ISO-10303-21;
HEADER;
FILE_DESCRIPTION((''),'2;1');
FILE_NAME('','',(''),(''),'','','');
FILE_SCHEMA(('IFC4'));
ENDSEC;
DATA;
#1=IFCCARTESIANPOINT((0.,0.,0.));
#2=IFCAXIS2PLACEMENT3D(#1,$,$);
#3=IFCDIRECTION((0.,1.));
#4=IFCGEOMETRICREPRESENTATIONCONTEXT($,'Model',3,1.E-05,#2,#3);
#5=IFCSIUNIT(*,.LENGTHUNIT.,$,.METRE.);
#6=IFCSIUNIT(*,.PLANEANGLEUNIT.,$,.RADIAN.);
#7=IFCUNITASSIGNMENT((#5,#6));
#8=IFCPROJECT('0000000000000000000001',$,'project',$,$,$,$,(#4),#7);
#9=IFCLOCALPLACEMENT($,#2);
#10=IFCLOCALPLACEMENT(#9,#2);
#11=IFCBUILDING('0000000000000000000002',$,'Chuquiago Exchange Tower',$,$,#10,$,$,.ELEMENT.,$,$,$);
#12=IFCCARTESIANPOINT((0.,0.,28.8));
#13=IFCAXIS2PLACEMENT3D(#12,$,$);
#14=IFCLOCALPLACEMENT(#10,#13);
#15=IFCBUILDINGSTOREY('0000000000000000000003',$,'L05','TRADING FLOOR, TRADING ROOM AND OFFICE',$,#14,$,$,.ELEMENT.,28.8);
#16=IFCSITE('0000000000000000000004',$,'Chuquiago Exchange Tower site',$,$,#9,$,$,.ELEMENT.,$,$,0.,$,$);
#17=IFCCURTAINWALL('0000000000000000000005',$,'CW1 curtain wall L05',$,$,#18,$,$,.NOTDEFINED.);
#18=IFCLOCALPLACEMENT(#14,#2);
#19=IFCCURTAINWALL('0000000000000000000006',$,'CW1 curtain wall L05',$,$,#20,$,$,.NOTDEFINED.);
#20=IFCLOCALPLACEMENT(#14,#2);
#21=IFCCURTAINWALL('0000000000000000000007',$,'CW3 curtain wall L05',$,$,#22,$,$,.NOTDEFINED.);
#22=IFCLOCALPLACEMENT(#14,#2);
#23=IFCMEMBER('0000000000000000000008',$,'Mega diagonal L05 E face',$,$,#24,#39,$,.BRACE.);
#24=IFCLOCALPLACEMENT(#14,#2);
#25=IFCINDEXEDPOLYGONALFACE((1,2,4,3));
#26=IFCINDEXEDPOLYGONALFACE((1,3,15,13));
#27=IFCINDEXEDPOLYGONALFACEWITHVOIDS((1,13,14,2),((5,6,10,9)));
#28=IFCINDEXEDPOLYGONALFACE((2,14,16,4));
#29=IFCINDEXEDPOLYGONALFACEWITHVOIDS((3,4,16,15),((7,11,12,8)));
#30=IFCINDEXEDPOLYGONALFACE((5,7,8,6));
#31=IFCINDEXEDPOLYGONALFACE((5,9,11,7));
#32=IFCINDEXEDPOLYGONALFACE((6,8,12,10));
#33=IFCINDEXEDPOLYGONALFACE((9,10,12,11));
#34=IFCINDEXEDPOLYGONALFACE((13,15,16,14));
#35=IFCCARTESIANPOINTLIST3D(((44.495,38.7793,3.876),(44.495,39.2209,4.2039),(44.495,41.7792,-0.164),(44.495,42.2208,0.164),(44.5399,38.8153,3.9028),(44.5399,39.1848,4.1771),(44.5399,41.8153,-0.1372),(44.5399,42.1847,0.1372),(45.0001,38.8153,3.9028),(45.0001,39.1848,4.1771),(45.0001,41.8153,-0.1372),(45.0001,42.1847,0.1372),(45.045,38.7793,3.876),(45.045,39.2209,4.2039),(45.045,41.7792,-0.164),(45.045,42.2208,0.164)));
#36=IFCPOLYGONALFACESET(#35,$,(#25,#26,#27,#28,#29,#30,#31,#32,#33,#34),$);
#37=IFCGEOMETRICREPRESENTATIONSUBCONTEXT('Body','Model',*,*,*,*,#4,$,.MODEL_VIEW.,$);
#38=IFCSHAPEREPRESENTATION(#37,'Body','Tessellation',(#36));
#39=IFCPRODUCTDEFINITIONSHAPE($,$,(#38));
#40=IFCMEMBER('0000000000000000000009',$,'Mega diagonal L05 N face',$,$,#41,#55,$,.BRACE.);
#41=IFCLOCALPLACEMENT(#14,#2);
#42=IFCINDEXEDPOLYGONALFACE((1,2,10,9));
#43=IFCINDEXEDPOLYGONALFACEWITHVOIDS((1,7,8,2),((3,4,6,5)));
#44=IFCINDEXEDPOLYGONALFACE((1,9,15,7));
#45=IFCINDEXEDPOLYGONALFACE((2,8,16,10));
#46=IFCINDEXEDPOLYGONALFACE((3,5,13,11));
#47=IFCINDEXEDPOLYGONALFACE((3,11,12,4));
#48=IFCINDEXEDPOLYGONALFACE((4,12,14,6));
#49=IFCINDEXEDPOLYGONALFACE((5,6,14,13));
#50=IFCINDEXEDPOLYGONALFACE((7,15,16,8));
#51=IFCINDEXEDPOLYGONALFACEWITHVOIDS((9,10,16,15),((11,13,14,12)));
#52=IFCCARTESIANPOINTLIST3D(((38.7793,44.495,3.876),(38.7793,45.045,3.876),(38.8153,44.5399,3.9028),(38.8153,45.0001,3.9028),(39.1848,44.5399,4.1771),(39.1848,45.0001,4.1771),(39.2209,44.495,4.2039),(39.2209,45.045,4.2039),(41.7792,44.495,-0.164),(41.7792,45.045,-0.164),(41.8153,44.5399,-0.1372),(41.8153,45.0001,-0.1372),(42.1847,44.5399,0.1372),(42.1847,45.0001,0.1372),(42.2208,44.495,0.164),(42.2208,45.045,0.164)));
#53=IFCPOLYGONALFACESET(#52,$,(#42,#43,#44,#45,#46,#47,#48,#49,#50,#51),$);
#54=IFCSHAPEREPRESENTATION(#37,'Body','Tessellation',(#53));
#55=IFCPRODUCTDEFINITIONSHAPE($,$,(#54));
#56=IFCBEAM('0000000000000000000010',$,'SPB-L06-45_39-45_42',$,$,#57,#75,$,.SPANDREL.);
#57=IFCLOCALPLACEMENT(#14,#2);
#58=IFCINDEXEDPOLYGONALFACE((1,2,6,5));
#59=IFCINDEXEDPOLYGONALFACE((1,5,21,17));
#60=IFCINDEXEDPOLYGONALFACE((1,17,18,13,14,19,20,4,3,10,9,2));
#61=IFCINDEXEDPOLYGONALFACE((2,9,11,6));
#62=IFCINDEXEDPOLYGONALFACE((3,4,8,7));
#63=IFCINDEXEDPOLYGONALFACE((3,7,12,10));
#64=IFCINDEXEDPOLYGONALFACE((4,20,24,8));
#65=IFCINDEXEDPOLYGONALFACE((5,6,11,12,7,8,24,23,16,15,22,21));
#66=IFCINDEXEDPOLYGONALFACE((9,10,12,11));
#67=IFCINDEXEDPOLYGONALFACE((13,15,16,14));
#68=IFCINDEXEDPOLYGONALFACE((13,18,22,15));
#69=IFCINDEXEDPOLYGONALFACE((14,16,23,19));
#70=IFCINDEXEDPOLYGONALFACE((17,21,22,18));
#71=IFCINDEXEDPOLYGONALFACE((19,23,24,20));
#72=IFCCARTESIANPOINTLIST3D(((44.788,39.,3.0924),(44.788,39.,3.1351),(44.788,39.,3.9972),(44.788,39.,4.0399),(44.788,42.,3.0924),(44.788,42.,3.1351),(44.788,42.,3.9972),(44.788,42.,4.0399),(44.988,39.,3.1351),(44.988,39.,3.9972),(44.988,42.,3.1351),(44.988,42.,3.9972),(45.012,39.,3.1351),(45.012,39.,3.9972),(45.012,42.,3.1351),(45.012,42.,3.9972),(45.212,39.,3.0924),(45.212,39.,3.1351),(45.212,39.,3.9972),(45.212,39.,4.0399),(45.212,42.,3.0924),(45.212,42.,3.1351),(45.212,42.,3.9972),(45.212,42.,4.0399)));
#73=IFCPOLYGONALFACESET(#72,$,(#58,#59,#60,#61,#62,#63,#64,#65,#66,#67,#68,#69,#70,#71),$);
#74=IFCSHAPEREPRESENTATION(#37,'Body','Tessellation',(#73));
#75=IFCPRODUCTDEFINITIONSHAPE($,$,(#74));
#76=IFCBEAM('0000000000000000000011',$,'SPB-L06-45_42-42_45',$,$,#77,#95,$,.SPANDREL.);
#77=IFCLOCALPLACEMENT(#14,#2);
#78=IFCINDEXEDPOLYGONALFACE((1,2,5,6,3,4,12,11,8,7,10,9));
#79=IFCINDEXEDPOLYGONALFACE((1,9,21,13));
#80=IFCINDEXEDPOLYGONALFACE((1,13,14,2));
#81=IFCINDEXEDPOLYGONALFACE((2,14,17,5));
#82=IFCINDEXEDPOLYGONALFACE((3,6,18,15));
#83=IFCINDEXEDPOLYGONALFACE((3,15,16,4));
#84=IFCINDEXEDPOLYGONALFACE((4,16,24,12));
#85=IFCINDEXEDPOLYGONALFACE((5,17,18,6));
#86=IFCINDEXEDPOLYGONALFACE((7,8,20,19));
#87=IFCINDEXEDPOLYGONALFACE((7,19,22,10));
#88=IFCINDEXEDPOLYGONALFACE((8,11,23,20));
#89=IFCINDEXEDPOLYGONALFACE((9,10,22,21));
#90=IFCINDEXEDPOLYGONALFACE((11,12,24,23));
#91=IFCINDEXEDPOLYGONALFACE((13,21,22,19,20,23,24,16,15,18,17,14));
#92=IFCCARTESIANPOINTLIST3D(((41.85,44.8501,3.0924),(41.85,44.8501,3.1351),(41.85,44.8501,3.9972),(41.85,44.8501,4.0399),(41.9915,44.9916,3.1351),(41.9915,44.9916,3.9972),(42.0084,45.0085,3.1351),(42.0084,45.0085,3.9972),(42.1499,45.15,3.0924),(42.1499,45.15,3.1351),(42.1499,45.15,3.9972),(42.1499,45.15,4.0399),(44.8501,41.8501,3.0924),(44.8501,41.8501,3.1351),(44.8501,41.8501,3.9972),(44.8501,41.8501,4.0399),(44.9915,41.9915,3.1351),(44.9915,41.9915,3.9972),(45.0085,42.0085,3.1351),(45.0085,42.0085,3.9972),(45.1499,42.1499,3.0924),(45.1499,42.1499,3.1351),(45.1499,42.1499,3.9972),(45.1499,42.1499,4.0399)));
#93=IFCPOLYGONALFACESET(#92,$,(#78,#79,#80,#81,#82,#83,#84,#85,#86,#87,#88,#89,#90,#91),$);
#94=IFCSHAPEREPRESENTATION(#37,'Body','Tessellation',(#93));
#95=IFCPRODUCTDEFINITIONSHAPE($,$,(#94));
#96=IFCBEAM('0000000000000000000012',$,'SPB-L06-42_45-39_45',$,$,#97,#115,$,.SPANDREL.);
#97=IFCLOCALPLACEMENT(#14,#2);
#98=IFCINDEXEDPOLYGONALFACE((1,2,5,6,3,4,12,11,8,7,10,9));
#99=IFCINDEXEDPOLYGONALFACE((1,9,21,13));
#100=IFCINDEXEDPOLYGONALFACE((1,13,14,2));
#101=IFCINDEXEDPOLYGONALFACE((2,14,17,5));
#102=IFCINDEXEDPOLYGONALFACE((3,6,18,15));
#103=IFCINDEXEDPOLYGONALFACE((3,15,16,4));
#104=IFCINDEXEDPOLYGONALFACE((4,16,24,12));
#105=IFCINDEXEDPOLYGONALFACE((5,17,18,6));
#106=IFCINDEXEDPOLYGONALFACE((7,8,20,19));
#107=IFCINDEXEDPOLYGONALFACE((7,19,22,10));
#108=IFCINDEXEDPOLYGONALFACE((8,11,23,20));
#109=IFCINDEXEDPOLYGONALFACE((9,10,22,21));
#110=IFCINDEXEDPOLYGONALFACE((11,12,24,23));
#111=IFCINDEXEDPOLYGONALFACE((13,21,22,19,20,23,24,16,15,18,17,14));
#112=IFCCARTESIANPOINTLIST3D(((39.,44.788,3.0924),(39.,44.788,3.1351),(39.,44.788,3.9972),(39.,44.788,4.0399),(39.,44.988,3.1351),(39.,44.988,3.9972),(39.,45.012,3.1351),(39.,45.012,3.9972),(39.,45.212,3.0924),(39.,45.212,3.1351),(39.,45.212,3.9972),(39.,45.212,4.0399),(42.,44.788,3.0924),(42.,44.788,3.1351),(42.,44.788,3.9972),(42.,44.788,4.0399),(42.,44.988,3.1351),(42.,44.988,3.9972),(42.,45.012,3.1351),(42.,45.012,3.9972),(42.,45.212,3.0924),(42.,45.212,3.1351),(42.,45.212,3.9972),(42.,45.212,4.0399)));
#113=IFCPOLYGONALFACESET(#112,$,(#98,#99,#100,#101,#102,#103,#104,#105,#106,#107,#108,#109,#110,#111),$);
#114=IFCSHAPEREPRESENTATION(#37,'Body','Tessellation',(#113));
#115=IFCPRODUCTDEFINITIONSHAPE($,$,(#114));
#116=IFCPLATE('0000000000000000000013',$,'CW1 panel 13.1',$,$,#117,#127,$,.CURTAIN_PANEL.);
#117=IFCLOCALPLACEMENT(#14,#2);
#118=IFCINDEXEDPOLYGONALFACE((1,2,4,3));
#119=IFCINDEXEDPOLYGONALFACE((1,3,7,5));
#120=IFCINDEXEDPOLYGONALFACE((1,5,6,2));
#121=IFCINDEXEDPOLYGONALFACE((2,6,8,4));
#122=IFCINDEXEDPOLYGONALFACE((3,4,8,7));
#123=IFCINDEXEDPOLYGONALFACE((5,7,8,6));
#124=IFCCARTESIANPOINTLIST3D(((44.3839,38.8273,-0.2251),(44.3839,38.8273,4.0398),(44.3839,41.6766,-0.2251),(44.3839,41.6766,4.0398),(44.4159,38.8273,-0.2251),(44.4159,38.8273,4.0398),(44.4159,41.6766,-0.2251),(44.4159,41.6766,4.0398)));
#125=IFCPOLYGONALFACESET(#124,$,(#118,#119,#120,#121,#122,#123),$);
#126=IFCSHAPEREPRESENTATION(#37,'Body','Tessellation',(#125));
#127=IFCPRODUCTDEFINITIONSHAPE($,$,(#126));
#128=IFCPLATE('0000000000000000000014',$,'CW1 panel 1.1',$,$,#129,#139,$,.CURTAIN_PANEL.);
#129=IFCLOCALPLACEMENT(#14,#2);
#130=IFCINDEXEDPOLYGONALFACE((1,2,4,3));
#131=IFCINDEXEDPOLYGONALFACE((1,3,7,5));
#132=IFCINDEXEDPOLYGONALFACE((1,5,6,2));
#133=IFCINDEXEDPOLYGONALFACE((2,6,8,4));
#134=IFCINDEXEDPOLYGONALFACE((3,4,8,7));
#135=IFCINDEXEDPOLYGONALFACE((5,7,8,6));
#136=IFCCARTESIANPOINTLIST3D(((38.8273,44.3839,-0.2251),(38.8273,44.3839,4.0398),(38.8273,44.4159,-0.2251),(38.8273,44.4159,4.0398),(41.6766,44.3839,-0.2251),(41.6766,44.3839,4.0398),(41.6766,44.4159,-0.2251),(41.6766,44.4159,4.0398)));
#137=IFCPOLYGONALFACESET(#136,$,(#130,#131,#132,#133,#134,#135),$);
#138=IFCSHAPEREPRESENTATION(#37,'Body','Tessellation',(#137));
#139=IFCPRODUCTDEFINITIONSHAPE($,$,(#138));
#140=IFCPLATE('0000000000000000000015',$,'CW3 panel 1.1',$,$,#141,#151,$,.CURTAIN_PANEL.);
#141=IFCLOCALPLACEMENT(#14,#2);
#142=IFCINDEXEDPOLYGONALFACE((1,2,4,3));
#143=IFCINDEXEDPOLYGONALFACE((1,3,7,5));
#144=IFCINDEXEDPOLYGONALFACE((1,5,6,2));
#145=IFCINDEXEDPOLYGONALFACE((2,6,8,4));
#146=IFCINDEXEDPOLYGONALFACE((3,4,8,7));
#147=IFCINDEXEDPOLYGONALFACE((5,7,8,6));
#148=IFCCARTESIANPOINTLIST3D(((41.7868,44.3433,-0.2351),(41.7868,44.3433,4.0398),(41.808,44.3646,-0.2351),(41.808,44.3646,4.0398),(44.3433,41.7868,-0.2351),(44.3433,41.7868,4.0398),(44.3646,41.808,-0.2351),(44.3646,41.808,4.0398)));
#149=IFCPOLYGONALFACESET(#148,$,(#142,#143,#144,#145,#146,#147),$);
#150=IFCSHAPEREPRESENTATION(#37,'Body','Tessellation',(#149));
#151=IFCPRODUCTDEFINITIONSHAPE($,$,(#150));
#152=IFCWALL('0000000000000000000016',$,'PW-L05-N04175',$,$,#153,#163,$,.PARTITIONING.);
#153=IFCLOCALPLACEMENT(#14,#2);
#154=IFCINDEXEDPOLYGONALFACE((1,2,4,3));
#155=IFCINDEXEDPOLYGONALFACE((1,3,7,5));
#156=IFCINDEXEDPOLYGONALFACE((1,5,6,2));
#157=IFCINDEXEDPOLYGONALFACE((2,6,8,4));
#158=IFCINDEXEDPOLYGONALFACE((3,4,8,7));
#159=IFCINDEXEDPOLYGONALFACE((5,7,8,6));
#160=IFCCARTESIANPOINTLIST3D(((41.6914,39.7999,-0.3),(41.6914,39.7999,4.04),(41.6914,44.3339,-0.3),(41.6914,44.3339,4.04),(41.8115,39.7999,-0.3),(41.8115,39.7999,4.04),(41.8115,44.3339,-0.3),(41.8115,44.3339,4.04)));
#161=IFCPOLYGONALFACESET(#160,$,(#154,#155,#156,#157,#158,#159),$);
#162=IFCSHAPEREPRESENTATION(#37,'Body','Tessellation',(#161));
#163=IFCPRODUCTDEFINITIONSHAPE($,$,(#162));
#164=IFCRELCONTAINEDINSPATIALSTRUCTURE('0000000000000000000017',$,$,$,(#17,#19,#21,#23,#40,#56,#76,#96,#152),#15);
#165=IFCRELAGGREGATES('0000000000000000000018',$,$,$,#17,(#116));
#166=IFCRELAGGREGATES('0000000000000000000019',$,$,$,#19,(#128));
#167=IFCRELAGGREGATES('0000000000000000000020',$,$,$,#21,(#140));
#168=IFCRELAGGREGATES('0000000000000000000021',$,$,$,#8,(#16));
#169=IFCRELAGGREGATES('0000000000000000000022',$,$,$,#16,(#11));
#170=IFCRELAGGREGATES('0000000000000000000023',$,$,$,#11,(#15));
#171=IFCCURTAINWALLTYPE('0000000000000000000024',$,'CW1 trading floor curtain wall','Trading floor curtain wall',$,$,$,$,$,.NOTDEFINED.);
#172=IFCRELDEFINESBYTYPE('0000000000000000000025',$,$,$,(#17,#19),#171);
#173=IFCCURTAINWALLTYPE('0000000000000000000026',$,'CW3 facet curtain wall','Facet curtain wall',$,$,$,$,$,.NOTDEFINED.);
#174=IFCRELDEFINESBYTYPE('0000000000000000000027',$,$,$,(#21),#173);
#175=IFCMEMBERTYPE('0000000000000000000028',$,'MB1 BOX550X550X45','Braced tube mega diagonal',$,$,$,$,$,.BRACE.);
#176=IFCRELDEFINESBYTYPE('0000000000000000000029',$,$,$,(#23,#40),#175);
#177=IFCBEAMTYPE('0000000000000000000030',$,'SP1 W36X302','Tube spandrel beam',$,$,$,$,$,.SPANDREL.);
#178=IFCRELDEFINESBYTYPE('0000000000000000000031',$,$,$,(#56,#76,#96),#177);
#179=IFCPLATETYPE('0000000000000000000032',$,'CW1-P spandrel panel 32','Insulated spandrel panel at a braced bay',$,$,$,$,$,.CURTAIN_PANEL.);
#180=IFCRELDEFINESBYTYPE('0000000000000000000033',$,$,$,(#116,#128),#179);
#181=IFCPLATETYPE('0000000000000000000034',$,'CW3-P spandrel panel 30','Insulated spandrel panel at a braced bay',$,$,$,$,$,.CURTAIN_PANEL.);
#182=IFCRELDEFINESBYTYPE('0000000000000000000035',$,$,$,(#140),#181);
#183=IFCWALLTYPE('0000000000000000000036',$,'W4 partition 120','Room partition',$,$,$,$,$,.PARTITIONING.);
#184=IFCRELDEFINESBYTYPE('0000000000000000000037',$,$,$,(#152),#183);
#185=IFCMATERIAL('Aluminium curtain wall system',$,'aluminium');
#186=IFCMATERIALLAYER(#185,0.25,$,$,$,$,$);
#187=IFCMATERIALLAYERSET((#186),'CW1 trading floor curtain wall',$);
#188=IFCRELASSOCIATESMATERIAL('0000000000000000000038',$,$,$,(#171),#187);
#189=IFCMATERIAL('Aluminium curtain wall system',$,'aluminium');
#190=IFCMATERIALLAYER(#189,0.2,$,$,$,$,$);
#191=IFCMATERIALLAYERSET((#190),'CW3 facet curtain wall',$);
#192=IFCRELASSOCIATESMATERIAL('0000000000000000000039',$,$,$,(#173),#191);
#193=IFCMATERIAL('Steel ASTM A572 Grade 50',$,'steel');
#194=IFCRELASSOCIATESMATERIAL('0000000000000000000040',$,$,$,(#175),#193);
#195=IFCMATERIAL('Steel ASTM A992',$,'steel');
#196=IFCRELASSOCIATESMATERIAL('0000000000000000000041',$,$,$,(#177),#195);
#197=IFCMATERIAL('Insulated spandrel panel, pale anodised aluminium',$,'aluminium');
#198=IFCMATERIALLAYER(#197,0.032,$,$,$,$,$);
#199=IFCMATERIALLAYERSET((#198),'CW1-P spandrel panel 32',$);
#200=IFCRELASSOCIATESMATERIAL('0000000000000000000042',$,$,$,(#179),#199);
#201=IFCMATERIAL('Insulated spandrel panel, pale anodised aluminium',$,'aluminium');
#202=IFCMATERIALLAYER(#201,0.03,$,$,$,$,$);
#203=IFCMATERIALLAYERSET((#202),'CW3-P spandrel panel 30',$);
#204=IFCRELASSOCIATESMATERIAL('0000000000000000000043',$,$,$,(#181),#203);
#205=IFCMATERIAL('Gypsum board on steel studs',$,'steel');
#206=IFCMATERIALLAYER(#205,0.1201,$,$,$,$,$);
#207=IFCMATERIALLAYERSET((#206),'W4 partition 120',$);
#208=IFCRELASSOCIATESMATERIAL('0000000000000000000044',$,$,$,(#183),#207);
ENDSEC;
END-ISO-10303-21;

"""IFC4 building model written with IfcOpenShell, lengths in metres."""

from ifc_helpers import new_model, si_unit, direction, frame, frame_2d, origin, origin_2d, place, context, subcontext, project, spatial, rectangle, hollow_rectangle, i_section, extrude, material, layer, layer_set, material_profile, profile_set, type_object, element, aggregate, save


model = new_model("IFC4")

# Units and contexts
model_context = context("Model", 3, precision=1e-05, world=origin(), true_north=direction((0.0, 1.0)))
body_context = subcontext(model_context, "Body", "Model", "MODEL_VIEW")
ifc_project = project(units=[si_unit("LENGTHUNIT", "METRE"), si_unit("PLANEANGLEUNIT", "RADIAN")], contexts=[model_context])

# Site, building, storey
site_placement = place(None, origin())
site = spatial("IfcSite", under=ifc_project, at=site_placement, Name="Chuquiago Exchange Tower site", CompositionType="ELEMENT", RefElevation=0.0)
building_placement = place(site_placement, origin())
building = spatial("IfcBuilding", under=site, at=building_placement, Name="Chuquiago Exchange Tower", CompositionType="ELEMENT")
storey_placement = place(building_placement, frame((0.0, 0.0, 28.8)))
storey = spatial("IfcBuildingStorey", under=building, at=storey_placement, Name="L05", Description="TRADING FLOOR, TRADING ROOM AND OFFICE", CompositionType="ELEMENT", Elevation=28.8)

# Curtain walls
ifc_material_1 = material(Name="Aluminium curtain wall system", Category="aluminium")
ifc_layer_1 = layer(ifc_material_1, 0.25)
ifc_layer_set_1 = layer_set([ifc_layer_1], Name="CW1 trading floor curtain wall")
curtain_wall_type_1 = type_object("IfcCurtainWallType", Name="CW1 trading floor curtain wall", Description="Trading floor curtain wall", PredefinedType="NOTDEFINED", material=ifc_layer_set_1)
curtain_wall_1_placement = place(storey_placement, origin())
curtain_wall_1 = element("IfcCurtainWall", 1, at=curtain_wall_1_placement, inside=storey, type_object=curtain_wall_type_1, Name="CW1 curtain wall L05", PredefinedType="NOTDEFINED")
curtain_wall_2_placement = place(storey_placement, origin())
curtain_wall_2 = element("IfcCurtainWall", 2, at=curtain_wall_2_placement, inside=storey, type_object=curtain_wall_type_1, Name="CW1 curtain wall L05", PredefinedType="NOTDEFINED")

# Curtain wall
ifc_material_2 = material(Name="Aluminium curtain wall system", Category="aluminium")
ifc_layer_2 = layer(ifc_material_2, 0.2)
ifc_layer_set_2 = layer_set([ifc_layer_2], Name="CW3 facet curtain wall")
curtain_wall_type_2 = type_object("IfcCurtainWallType", Name="CW3 facet curtain wall", Description="Facet curtain wall", PredefinedType="NOTDEFINED", material=ifc_layer_set_2)
curtain_wall_3_placement = place(storey_placement, origin())
curtain_wall_3 = element("IfcCurtainWall", 3, at=curtain_wall_3_placement, inside=storey, type_object=curtain_wall_type_2, Name="CW3 curtain wall L05", PredefinedType="NOTDEFINED")

# Members
ifc_material_3 = material(Name="Steel ASTM A572 Grade 50", Category="steel")
ifc_material_profile_1 = material_profile(ifc_material_3, hollow_rectangle(XDim=0.55, YDim=0.55, WallThickness=0.0449, at=origin_2d()), Name="BOX550X550X45")
ifc_profile_set_1 = profile_set([ifc_material_profile_1], Name="Steel ASTM A572 Grade 50")
member_type_1 = type_object("IfcMemberType", Name="MB1 BOX550X550X45", Description="Braced tube mega diagonal", PredefinedType="BRACE", material=ifc_profile_set_1)
for number, where, z_axis, x_axis, name in (
    (4, (44.77, 42.0, 0.0), (0.0, -0.596174, 0.802855), (1.0, 0.0, 0.0), "Mega diagonal L05 E face"),
    (5, (42.0, 44.77, 0.0), (-0.596174, 0.0, 0.802855), (0.0, -1.0, 0.0), "Mega diagonal L05 N face"),
):
    element("IfcMember", number, at=place(storey_placement, frame(where, z_axis=z_axis, x_axis=x_axis)), inside=storey, type_object=member_type_1, Name=name, PredefinedType="BRACE", context=body_context, shape_type="SweptSolid", body=[
        extrude(hollow_rectangle(XDim=0.55, YDim=0.55, WallThickness=0.0449, at=origin_2d()), origin(), (0.0, 0.0, 1.0), 5.032),
    ])

# Beams
ifc_material_4 = material(Name="Steel ASTM A992", Category="steel")
ifc_material_profile_2 = material_profile(ifc_material_4, i_section(OverallWidth=0.4241, OverallDepth=0.9475, WebThickness=0.0239, FlangeThickness=0.0427, at=origin_2d()), Name="W36X302")
ifc_profile_set_2 = profile_set([ifc_material_profile_2], Name="Steel ASTM A992")
beam_type = type_object("IfcBeamType", Name="SP1 W36X302", Description="Tube spandrel beam", PredefinedType="SPANDREL", material=ifc_profile_set_2)
beam_1_placement = place(storey_placement, frame((45.0, 39.0, 3.5662), z_axis=(0.0, 1.0, 0.0), x_axis=(-1.0, 0.0, 0.0)))
element("IfcBeam", 6, at=beam_1_placement, inside=storey, type_object=beam_type, Name="SPB-L06-45_39-45_42", PredefinedType="SPANDREL", context=body_context, shape_type="SweptSolid", body=[
    extrude(i_section(OverallWidth=0.4241, OverallDepth=0.9475, WebThickness=0.0239, FlangeThickness=0.0427, at=origin_2d()), origin(), (0.0, 0.0, 1.0), 3.0),
])
beam_2_placement = place(storey_placement, frame((45.0, 42.0, 3.5662), z_axis=(-0.707107, 0.707107, 0.0), x_axis=(-0.707107, -0.707107, 0.0)))
element("IfcBeam", 7, at=beam_2_placement, inside=storey, type_object=beam_type, Name="SPB-L06-45_42-42_45", PredefinedType="SPANDREL", context=body_context, shape_type="SweptSolid", body=[
    extrude(i_section(OverallWidth=0.4241, OverallDepth=0.9475, WebThickness=0.0239, FlangeThickness=0.0427, at=origin_2d()), origin(), (0.0, 0.0, 1.0), 4.2427),
])
beam_3_placement = place(storey_placement, frame((42.0, 45.0, 3.5662), z_axis=(-1.0, 0.0, 0.0), x_axis=(0.0, -1.0, 0.0)))
element("IfcBeam", 8, at=beam_3_placement, inside=storey, type_object=beam_type, Name="SPB-L06-42_45-39_45", PredefinedType="SPANDREL", context=body_context, shape_type="SweptSolid", body=[
    extrude(i_section(OverallWidth=0.4241, OverallDepth=0.9475, WebThickness=0.0239, FlangeThickness=0.0427, at=origin_2d()), origin(), (0.0, 0.0, 1.0), 3.0),
])

# Plates
ifc_material_5 = material(Name="Insulated spandrel panel, pale anodised aluminium", Category="aluminium")
ifc_layer_3 = layer(ifc_material_5, 0.032)
ifc_layer_set_3 = layer_set([ifc_layer_3], Name="CW1-P spandrel panel 32")
plate_type_1 = type_object("IfcPlateType", Name="CW1-P spandrel panel 32", Description="Insulated spandrel panel at a braced bay", PredefinedType="CURTAIN_PANEL", material=ifc_layer_set_3)
plate_1_placement = place(storey_placement, frame((44.3999, 40.252, -0.2251), z_axis=(0.0, 0.0, 1.0), x_axis=(0.0, 1.0, 0.0)))
plate_1 = element("IfcPlate", 9, at=plate_1_placement, type_object=plate_type_1, Name="CW1 panel 13.1", PredefinedType="CURTAIN_PANEL", context=body_context, shape_type="SweptSolid", body=[
    extrude(rectangle(XDim=2.8494, YDim=0.032, at=origin_2d()), origin(), (0.0, 0.0, 1.0), 4.2649),
])
aggregate(curtain_wall_1, [plate_1])
plate_2_placement = place(storey_placement, frame((40.252, 44.3999, -0.2251), z_axis=(0.0, 0.0, 1.0), x_axis=(-1.0, 0.0, 0.0)))
plate_2 = element("IfcPlate", 10, at=plate_2_placement, type_object=plate_type_1, Name="CW1 panel 1.1", PredefinedType="CURTAIN_PANEL", context=body_context, shape_type="SweptSolid", body=[
    extrude(rectangle(XDim=2.8494, YDim=0.032, at=origin_2d()), origin(), (0.0, 0.0, 1.0), 4.2649),
])
aggregate(curtain_wall_2, [plate_2])
ifc_material_6 = material(Name="Insulated spandrel panel, pale anodised aluminium", Category="aluminium")
ifc_layer_4 = layer(ifc_material_6, 0.03)
ifc_layer_set_4 = layer_set([ifc_layer_4], Name="CW3-P spandrel panel 30")
plate_type_2 = type_object("IfcPlateType", Name="CW3-P spandrel panel 30", Description="Insulated spandrel panel at a braced bay", PredefinedType="CURTAIN_PANEL", material=ifc_layer_set_4)
plate_3_placement = place(storey_placement, frame((43.0757, 43.0757, -0.2351), z_axis=(0.0, 0.0, 1.0), x_axis=(-0.707107, 0.707107, 0.0)))
plate_3 = element("IfcPlate", 11, at=plate_3_placement, type_object=plate_type_2, Name="CW3 panel 1.1", PredefinedType="CURTAIN_PANEL", context=body_context, shape_type="SweptSolid", body=[
    extrude(rectangle(XDim=3.6155, YDim=0.03, at=origin_2d()), origin(), (0.0, 0.0, 1.0), 4.2749),
])
aggregate(curtain_wall_3, [plate_3])

# Wall
ifc_material_7 = material(Name="Gypsum board on steel studs", Category="steel")
ifc_layer_5 = layer(ifc_material_7, 0.1201)
ifc_layer_set_5 = layer_set([ifc_layer_5], Name="W4 partition 120")
wall_type = type_object("IfcWallType", Name="W4 partition 120", Description="Room partition", PredefinedType="PARTITIONING", material=ifc_layer_set_5)
wall_placement = place(storey_placement, frame((41.7515, 44.334, -0.3), z_axis=(0.0, 0.0, 1.0), x_axis=(0.0, -1.0, 0.0)))
element("IfcWall", 12, at=wall_placement, inside=storey, type_object=wall_type, Name="PW-L05-N04175", PredefinedType="PARTITIONING", context=body_context, shape_type="SweptSolid", body=[
    extrude(rectangle(XDim=4.5339, YDim=0.1201, at=frame_2d((2.2671, 0.0))), origin(), (0.0, 0.0, 1.0), 4.3401),
])

save(model, "model.ifc")
